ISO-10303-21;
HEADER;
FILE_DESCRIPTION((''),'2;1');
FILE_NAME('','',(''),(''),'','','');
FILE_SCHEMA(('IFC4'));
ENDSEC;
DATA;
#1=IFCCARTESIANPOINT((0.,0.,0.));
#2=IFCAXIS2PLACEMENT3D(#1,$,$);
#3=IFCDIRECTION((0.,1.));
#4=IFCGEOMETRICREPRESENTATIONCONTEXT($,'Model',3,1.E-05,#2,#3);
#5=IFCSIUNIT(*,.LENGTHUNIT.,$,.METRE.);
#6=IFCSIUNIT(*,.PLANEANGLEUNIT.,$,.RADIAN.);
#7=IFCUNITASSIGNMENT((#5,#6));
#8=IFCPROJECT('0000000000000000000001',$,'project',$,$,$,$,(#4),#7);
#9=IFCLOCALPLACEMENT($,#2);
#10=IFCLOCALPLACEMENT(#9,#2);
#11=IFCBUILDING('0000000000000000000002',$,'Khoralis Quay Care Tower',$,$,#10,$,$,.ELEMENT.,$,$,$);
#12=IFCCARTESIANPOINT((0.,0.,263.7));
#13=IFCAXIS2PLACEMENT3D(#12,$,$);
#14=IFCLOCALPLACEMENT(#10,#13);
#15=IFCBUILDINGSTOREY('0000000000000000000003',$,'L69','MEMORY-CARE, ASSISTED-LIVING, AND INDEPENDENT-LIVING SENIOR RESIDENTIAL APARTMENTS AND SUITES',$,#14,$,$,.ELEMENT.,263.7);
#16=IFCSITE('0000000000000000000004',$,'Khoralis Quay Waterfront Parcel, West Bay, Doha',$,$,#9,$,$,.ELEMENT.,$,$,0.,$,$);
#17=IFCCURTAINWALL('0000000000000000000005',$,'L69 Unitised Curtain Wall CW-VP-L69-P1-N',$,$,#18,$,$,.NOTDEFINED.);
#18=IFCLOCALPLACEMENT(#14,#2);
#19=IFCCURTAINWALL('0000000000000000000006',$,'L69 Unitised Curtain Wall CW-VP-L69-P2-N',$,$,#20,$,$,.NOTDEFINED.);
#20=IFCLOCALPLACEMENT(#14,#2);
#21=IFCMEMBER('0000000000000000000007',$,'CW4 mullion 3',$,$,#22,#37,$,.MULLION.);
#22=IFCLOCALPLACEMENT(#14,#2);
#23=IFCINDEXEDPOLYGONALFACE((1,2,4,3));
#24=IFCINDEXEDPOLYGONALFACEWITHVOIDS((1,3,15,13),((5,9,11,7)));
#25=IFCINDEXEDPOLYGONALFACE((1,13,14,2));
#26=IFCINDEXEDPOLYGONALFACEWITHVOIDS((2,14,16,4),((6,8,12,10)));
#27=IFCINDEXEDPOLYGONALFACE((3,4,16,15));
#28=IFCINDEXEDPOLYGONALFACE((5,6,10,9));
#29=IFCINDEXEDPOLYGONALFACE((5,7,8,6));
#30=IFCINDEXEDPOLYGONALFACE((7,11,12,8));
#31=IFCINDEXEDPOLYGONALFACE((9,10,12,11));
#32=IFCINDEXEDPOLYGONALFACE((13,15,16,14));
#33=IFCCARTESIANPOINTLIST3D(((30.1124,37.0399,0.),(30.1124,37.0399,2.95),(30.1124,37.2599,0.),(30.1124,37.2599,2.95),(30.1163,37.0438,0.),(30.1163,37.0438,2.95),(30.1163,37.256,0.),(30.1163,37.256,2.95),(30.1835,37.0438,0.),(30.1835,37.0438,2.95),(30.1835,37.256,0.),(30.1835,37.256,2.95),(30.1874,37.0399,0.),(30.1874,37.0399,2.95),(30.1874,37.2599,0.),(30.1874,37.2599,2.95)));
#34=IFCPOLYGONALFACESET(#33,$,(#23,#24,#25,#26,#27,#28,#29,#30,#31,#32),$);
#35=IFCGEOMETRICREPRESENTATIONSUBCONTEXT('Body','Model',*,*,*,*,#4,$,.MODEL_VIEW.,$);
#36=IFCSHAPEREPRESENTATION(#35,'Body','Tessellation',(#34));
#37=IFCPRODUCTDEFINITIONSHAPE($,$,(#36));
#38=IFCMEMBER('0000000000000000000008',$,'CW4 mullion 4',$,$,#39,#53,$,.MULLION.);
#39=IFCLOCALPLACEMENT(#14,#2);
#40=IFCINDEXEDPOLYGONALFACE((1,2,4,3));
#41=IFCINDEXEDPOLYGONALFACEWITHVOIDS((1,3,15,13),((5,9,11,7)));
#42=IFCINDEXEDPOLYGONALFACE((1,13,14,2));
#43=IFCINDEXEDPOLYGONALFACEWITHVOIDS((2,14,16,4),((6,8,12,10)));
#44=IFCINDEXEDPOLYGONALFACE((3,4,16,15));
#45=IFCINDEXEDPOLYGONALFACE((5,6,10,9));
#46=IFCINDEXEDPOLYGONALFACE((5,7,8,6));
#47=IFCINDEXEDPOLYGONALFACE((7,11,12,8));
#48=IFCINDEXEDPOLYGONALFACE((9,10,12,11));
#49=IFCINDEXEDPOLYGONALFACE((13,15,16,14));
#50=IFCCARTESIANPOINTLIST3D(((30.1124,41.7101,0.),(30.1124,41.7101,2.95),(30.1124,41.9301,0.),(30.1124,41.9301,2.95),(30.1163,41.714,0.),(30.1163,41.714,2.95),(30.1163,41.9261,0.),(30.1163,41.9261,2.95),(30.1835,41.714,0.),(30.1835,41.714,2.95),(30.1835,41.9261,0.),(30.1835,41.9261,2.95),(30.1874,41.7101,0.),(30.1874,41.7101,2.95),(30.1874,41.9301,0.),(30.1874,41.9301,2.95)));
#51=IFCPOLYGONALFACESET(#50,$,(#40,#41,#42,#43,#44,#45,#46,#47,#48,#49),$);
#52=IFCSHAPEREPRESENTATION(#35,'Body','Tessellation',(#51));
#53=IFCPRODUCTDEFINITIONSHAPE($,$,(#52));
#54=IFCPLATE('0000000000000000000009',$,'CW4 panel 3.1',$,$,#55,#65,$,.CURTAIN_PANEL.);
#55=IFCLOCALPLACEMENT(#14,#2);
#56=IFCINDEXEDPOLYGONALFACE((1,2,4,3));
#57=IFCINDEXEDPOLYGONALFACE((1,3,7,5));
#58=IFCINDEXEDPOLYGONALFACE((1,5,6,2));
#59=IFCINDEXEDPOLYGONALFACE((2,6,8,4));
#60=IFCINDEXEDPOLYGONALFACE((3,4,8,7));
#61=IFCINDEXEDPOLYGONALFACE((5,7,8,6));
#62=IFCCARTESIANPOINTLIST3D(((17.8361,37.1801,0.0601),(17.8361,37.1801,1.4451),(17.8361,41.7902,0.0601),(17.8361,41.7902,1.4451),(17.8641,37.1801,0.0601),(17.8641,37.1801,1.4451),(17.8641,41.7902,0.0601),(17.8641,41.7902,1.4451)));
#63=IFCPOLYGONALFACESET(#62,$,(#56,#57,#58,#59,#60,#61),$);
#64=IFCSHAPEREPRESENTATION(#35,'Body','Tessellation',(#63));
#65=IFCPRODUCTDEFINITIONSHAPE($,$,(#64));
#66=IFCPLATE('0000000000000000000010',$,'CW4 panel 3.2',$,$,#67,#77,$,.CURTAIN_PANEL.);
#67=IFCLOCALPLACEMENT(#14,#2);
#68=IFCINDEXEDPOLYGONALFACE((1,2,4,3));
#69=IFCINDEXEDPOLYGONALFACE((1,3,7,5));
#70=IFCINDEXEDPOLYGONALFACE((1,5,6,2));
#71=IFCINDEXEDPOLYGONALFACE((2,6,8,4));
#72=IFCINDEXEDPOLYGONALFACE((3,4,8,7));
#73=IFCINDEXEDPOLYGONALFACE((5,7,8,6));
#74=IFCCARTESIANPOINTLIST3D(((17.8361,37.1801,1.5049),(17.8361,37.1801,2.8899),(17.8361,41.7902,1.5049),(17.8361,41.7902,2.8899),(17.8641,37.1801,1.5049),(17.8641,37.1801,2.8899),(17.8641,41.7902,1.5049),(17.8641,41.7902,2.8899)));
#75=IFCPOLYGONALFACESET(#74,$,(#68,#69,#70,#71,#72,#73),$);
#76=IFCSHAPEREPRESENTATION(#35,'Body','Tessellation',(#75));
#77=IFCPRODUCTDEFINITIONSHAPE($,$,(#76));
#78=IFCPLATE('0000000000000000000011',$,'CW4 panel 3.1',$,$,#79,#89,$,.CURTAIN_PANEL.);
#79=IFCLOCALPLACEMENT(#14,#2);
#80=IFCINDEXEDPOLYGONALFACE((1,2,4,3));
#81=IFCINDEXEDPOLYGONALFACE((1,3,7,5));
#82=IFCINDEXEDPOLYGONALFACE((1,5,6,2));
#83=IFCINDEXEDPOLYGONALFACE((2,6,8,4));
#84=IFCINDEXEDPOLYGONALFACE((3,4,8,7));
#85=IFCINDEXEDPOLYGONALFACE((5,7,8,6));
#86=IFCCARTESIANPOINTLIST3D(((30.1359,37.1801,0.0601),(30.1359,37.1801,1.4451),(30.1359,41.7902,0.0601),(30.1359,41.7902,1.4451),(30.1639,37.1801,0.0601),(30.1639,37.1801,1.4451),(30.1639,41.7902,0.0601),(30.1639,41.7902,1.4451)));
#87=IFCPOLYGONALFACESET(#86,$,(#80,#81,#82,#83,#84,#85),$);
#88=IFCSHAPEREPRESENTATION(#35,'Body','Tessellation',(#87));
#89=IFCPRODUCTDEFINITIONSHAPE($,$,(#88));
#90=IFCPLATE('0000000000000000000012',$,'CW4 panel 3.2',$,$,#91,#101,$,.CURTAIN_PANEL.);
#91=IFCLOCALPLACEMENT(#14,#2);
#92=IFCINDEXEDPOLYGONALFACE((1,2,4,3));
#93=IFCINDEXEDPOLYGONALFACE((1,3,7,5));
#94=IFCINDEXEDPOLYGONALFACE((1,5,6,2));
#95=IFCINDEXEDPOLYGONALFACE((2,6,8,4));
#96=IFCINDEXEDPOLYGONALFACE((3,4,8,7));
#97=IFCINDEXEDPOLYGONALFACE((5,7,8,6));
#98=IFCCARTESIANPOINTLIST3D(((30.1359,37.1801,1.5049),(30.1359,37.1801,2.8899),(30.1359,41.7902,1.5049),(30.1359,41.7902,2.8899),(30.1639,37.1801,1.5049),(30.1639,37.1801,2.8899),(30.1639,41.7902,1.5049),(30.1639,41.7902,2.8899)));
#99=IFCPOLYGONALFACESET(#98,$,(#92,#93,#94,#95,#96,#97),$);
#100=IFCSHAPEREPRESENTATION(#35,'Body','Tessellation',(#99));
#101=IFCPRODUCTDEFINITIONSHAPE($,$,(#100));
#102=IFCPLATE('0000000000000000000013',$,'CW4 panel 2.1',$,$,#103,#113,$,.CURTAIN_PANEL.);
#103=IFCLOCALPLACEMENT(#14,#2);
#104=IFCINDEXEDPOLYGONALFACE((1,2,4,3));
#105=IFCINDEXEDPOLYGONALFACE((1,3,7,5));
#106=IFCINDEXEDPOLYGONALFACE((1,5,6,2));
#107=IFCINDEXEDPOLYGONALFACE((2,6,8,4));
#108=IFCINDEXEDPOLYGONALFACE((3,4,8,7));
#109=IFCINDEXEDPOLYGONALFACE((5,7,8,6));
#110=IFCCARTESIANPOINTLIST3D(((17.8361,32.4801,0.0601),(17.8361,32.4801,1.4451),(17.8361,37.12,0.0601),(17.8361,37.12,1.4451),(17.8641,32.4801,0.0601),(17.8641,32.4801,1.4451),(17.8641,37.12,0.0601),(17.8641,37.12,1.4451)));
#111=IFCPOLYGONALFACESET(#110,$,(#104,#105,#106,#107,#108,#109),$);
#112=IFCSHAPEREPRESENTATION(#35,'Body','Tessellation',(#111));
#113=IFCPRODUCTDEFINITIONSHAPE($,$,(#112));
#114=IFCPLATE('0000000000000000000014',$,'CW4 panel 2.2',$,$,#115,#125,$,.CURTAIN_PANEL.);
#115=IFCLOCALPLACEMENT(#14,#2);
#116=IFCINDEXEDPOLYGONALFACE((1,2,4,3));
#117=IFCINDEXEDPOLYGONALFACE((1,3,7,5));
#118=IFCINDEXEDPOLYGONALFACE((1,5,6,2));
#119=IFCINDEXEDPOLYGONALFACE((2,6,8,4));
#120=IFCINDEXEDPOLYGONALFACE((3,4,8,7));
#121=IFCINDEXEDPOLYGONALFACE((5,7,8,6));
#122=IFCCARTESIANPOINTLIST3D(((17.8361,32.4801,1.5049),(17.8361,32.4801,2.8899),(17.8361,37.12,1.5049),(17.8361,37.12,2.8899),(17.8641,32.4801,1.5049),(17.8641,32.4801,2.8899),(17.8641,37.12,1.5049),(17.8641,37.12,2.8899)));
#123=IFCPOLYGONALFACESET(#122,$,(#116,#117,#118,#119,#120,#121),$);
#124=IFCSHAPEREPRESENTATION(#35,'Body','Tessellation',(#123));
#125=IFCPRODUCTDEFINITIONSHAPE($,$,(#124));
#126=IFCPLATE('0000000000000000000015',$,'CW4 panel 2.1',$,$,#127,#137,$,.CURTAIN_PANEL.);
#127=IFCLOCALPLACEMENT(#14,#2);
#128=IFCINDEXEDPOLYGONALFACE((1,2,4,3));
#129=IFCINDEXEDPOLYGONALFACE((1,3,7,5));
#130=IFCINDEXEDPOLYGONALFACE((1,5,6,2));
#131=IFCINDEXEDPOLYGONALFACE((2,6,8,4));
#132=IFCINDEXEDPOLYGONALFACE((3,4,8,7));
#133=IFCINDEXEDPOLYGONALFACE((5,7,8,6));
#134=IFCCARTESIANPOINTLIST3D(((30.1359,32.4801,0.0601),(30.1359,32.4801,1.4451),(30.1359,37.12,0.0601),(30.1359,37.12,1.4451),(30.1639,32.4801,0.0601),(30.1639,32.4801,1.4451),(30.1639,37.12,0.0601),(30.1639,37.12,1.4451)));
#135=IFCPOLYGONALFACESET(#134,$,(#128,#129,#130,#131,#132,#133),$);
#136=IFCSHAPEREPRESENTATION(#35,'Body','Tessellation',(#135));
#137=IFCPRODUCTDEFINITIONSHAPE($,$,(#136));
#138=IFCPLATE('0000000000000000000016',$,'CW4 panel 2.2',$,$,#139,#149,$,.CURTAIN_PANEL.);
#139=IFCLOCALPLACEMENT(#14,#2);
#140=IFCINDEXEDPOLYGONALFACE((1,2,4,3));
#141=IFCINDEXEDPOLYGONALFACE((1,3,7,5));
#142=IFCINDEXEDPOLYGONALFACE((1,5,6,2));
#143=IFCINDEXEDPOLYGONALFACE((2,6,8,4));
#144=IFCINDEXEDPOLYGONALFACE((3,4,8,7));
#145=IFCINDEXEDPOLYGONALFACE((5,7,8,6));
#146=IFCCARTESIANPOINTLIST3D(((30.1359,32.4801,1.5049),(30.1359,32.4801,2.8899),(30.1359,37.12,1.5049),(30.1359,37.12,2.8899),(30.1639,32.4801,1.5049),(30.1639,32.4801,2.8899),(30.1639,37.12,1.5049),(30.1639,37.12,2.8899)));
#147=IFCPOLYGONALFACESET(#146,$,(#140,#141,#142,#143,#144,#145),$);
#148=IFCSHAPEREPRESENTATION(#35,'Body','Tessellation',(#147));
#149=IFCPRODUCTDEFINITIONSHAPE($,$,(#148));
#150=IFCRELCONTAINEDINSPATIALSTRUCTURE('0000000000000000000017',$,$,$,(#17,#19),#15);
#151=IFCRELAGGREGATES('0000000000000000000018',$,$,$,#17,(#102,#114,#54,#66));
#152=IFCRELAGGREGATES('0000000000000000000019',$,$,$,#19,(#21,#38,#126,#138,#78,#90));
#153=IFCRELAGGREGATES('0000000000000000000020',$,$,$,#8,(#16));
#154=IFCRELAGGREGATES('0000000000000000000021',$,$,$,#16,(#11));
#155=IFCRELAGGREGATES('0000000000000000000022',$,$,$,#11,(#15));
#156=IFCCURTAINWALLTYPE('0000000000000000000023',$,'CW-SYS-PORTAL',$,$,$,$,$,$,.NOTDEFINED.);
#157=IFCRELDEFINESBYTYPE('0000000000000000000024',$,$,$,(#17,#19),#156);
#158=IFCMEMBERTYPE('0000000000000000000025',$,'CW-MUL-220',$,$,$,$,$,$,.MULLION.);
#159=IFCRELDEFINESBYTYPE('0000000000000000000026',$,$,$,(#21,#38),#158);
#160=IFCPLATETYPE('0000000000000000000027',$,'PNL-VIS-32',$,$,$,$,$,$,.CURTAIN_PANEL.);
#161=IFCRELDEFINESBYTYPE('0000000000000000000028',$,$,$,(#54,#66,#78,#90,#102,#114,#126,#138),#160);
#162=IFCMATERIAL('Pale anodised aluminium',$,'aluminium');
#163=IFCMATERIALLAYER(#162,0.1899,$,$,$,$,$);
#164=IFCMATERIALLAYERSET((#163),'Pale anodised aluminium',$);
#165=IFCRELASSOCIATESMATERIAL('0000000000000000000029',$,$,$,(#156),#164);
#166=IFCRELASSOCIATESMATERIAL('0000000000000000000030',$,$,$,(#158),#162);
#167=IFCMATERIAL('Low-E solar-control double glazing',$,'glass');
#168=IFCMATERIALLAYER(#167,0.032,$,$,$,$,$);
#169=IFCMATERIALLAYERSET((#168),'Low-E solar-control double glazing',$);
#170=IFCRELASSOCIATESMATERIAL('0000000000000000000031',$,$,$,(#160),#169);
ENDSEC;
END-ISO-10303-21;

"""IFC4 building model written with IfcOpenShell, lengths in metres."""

from ifc_helpers import new_model, si_unit, direction, frame, origin, origin_2d, place, context, subcontext, project, spatial, rectangle, hollow_rectangle, extrude, source, transform, mapped, material, layer, layer_set, material_profile, profile_set, type_object, element, aggregate, save


model = new_model("IFC4")

# Units and contexts
model_context = context("Model", 3, precision=1e-05, world=origin(), true_north=direction((0.0, 1.0)))
body_context = subcontext(model_context, "Body", "Model", "MODEL_VIEW")
ifc_project = project(units=[si_unit("LENGTHUNIT", "METRE"), si_unit("PLANEANGLEUNIT", "RADIAN")], contexts=[model_context])

# Site, building, storey
site_placement = place(None, origin())
site = spatial("IfcSite", under=ifc_project, at=site_placement, Name="Khoralis Quay Waterfront Parcel, West Bay, Doha", CompositionType="ELEMENT", RefElevation=0.0)
building_placement = place(site_placement, origin())
building = spatial("IfcBuilding", under=site, at=building_placement, Name="Khoralis Quay Care Tower", CompositionType="ELEMENT")
storey_placement = place(building_placement, frame((0.0, 0.0, 263.7)))
storey = spatial("IfcBuildingStorey", under=building, at=storey_placement, Name="L69", Description="MEMORY-CARE, ASSISTED-LIVING, AND INDEPENDENT-LIVING SENIOR RESIDENTIAL APARTMENTS AND SUITES", CompositionType="ELEMENT", Elevation=263.7)

# Curtain walls, members
ifc_material_1 = material(Name="Pale anodised aluminium", Category="aluminium")
ifc_layer_1 = layer(ifc_material_1, 0.1899)
ifc_layer_set_1 = layer_set([ifc_layer_1], Name="Pale anodised aluminium")
curtain_wall_type = type_object("IfcCurtainWallType", Name="CW-SYS-PORTAL", PredefinedType="NOTDEFINED", material=ifc_layer_set_1)
curtain_wall_1_placement = place(storey_placement, origin())
curtain_wall_1 = element("IfcCurtainWall", 1, at=curtain_wall_1_placement, inside=storey, type_object=curtain_wall_type, Name="L69 Unitised Curtain Wall CW-VP-L69-P1-N", PredefinedType="NOTDEFINED")
curtain_wall_2_placement = place(storey_placement, origin())
curtain_wall_2 = element("IfcCurtainWall", 2, at=curtain_wall_2_placement, inside=storey, type_object=curtain_wall_type, Name="L69 Unitised Curtain Wall CW-VP-L69-P2-N", PredefinedType="NOTDEFINED")
ifc_material_profile_1 = material_profile(ifc_material_1, hollow_rectangle(XDim=0.075, YDim=0.22, WallThickness=0.0039, at=origin_2d()), Name="Pale anodised aluminium")
ifc_profile_set_1 = profile_set([ifc_material_profile_1], Name="Pale anodised aluminium")
member_type_1 = type_object("IfcMemberType", Name="CW-MUL-220", PredefinedType="MULLION", material=ifc_profile_set_1)
shared_shape_1 = source(origin(), body_context, "Body", "SweptSolid", [
    extrude(hollow_rectangle(XDim=0.075, YDim=0.22, WallThickness=0.0039, at=origin_2d()), origin(), (0.0, 0.0, 1.0), 2.95),
])
member_1_placement = place(storey_placement, frame((30.1499, 37.1499, 0.0), z_axis=(0.0, 0.0, 1.0), x_axis=(-1.0, 0.0, 0.0)))
member_1 = element("IfcMember", 3, at=member_1_placement, type_object=member_type_1, Name="CW4 mullion 3", PredefinedType="MULLION", context=body_context, shape_type="MappedRepresentation", body=[
    mapped(shared_shape_1, transform((0.0, 0.0, 0.0), scale=1.0)),
])
member_2_placement = place(storey_placement, frame((30.1499, 41.8201, 0.0), z_axis=(0.0, 0.0, 1.0), x_axis=(-1.0, 0.0, 0.0)))
member_2 = element("IfcMember", 4, at=member_2_placement, type_object=member_type_1, Name="CW4 mullion 4", PredefinedType="MULLION", context=body_context, shape_type="MappedRepresentation", body=[
    mapped(shared_shape_1, transform((0.0, 0.0, 0.0), scale=1.0)),
])

# Plates
ifc_material_2 = material(Name="Low-E solar-control double glazing", Category="glass")
ifc_layer_2 = layer(ifc_material_2, 0.032)
ifc_layer_set_2 = layer_set([ifc_layer_2], Name="Low-E solar-control double glazing")
plate_type = type_object("IfcPlateType", Name="PNL-VIS-32", PredefinedType="CURTAIN_PANEL", material=ifc_layer_set_2)
shared_shape_2 = source(origin(), body_context, "Body", "SweptSolid", [
    extrude(rectangle(XDim=4.6101, YDim=0.0281, at=origin_2d()), origin(), (0.0, 0.0, 1.0), 1.385),
])
plate_1_placement = place(storey_placement, frame((17.8501, 39.4851, 0.0601), z_axis=(0.0, 0.0, 1.0), x_axis=(0.0, 1.0, 0.0)))
plate_1 = element("IfcPlate", 5, at=plate_1_placement, type_object=plate_type, Name="CW4 panel 3.1", PredefinedType="CURTAIN_PANEL", context=body_context, shape_type="MappedRepresentation", body=[
    mapped(shared_shape_2, transform((0.0, 0.0, 0.0), scale=1.0)),
])
plate_2_placement = place(storey_placement, frame((17.8501, 39.4851, 1.5049), z_axis=(0.0, 0.0, 1.0), x_axis=(0.0, 1.0, 0.0)))
plate_2 = element("IfcPlate", 6, at=plate_2_placement, type_object=plate_type, Name="CW4 panel 3.2", PredefinedType="CURTAIN_PANEL", context=body_context, shape_type="MappedRepresentation", body=[
    mapped(shared_shape_2, transform((0.0, 0.0, 0.0), scale=1.0)),
])
plate_3_placement = place(storey_placement, frame((30.1499, 39.4851, 0.0601), z_axis=(0.0, 0.0, 1.0), x_axis=(0.0, 1.0, 0.0)))
plate_3 = element("IfcPlate", 7, at=plate_3_placement, type_object=plate_type, Name="CW4 panel 3.1", PredefinedType="CURTAIN_PANEL", context=body_context, shape_type="MappedRepresentation", body=[
    mapped(shared_shape_2, transform((0.0, 0.0, 0.0), scale=1.0)),
])
plate_4_placement = place(storey_placement, frame((30.1499, 39.4851, 1.5049), z_axis=(0.0, 0.0, 1.0), x_axis=(0.0, 1.0, 0.0)))
plate_4 = element("IfcPlate", 8, at=plate_4_placement, type_object=plate_type, Name="CW4 panel 3.2", PredefinedType="CURTAIN_PANEL", context=body_context, shape_type="MappedRepresentation", body=[
    mapped(shared_shape_2, transform((0.0, 0.0, 0.0), scale=1.0)),
])
shared_shape_3 = source(origin(), body_context, "Body", "SweptSolid", [
    extrude(rectangle(XDim=4.6399, YDim=0.0281, at=origin_2d()), origin(), (0.0, 0.0, 1.0), 1.385),
])
plate_5_placement = place(storey_placement, frame((17.8501, 34.8, 0.0601), z_axis=(0.0, 0.0, 1.0), x_axis=(0.0, 1.0, 0.0)))
plate_5 = element("IfcPlate", 9, at=plate_5_placement, type_object=plate_type, Name="CW4 panel 2.1", PredefinedType="CURTAIN_PANEL", context=body_context, shape_type="MappedRepresentation", body=[
    mapped(shared_shape_3, transform((0.0, 0.0, 0.0), scale=1.0)),
])
plate_6_placement = place(storey_placement, frame((17.8501, 34.8, 1.5049), z_axis=(0.0, 0.0, 1.0), x_axis=(0.0, 1.0, 0.0)))
plate_6 = element("IfcPlate", 10, at=plate_6_placement, type_object=plate_type, Name="CW4 panel 2.2", PredefinedType="CURTAIN_PANEL", context=body_context, shape_type="MappedRepresentation", body=[
    mapped(shared_shape_3, transform((0.0, 0.0, 0.0), scale=1.0)),
])
aggregate(curtain_wall_1, [plate_5, plate_6, plate_1, plate_2])
plate_7_placement = place(storey_placement, frame((30.1499, 34.8, 0.0601), z_axis=(0.0, 0.0, 1.0), x_axis=(0.0, 1.0, 0.0)))
plate_7 = element("IfcPlate", 11, at=plate_7_placement, type_object=plate_type, Name="CW4 panel 2.1", PredefinedType="CURTAIN_PANEL", context=body_context, shape_type="MappedRepresentation", body=[
    mapped(shared_shape_3, transform((0.0, 0.0, 0.0), scale=1.0)),
])
plate_8_placement = place(storey_placement, frame((30.1499, 34.8, 1.5049), z_axis=(0.0, 0.0, 1.0), x_axis=(0.0, 1.0, 0.0)))
plate_8 = element("IfcPlate", 12, at=plate_8_placement, type_object=plate_type, Name="CW4 panel 2.2", PredefinedType="CURTAIN_PANEL", context=body_context, shape_type="MappedRepresentation", body=[
    mapped(shared_shape_3, transform((0.0, 0.0, 0.0), scale=1.0)),
])
aggregate(curtain_wall_2, [member_1, member_2, plate_7, plate_8, plate_3, plate_4])

save(model, "model.ifc")
